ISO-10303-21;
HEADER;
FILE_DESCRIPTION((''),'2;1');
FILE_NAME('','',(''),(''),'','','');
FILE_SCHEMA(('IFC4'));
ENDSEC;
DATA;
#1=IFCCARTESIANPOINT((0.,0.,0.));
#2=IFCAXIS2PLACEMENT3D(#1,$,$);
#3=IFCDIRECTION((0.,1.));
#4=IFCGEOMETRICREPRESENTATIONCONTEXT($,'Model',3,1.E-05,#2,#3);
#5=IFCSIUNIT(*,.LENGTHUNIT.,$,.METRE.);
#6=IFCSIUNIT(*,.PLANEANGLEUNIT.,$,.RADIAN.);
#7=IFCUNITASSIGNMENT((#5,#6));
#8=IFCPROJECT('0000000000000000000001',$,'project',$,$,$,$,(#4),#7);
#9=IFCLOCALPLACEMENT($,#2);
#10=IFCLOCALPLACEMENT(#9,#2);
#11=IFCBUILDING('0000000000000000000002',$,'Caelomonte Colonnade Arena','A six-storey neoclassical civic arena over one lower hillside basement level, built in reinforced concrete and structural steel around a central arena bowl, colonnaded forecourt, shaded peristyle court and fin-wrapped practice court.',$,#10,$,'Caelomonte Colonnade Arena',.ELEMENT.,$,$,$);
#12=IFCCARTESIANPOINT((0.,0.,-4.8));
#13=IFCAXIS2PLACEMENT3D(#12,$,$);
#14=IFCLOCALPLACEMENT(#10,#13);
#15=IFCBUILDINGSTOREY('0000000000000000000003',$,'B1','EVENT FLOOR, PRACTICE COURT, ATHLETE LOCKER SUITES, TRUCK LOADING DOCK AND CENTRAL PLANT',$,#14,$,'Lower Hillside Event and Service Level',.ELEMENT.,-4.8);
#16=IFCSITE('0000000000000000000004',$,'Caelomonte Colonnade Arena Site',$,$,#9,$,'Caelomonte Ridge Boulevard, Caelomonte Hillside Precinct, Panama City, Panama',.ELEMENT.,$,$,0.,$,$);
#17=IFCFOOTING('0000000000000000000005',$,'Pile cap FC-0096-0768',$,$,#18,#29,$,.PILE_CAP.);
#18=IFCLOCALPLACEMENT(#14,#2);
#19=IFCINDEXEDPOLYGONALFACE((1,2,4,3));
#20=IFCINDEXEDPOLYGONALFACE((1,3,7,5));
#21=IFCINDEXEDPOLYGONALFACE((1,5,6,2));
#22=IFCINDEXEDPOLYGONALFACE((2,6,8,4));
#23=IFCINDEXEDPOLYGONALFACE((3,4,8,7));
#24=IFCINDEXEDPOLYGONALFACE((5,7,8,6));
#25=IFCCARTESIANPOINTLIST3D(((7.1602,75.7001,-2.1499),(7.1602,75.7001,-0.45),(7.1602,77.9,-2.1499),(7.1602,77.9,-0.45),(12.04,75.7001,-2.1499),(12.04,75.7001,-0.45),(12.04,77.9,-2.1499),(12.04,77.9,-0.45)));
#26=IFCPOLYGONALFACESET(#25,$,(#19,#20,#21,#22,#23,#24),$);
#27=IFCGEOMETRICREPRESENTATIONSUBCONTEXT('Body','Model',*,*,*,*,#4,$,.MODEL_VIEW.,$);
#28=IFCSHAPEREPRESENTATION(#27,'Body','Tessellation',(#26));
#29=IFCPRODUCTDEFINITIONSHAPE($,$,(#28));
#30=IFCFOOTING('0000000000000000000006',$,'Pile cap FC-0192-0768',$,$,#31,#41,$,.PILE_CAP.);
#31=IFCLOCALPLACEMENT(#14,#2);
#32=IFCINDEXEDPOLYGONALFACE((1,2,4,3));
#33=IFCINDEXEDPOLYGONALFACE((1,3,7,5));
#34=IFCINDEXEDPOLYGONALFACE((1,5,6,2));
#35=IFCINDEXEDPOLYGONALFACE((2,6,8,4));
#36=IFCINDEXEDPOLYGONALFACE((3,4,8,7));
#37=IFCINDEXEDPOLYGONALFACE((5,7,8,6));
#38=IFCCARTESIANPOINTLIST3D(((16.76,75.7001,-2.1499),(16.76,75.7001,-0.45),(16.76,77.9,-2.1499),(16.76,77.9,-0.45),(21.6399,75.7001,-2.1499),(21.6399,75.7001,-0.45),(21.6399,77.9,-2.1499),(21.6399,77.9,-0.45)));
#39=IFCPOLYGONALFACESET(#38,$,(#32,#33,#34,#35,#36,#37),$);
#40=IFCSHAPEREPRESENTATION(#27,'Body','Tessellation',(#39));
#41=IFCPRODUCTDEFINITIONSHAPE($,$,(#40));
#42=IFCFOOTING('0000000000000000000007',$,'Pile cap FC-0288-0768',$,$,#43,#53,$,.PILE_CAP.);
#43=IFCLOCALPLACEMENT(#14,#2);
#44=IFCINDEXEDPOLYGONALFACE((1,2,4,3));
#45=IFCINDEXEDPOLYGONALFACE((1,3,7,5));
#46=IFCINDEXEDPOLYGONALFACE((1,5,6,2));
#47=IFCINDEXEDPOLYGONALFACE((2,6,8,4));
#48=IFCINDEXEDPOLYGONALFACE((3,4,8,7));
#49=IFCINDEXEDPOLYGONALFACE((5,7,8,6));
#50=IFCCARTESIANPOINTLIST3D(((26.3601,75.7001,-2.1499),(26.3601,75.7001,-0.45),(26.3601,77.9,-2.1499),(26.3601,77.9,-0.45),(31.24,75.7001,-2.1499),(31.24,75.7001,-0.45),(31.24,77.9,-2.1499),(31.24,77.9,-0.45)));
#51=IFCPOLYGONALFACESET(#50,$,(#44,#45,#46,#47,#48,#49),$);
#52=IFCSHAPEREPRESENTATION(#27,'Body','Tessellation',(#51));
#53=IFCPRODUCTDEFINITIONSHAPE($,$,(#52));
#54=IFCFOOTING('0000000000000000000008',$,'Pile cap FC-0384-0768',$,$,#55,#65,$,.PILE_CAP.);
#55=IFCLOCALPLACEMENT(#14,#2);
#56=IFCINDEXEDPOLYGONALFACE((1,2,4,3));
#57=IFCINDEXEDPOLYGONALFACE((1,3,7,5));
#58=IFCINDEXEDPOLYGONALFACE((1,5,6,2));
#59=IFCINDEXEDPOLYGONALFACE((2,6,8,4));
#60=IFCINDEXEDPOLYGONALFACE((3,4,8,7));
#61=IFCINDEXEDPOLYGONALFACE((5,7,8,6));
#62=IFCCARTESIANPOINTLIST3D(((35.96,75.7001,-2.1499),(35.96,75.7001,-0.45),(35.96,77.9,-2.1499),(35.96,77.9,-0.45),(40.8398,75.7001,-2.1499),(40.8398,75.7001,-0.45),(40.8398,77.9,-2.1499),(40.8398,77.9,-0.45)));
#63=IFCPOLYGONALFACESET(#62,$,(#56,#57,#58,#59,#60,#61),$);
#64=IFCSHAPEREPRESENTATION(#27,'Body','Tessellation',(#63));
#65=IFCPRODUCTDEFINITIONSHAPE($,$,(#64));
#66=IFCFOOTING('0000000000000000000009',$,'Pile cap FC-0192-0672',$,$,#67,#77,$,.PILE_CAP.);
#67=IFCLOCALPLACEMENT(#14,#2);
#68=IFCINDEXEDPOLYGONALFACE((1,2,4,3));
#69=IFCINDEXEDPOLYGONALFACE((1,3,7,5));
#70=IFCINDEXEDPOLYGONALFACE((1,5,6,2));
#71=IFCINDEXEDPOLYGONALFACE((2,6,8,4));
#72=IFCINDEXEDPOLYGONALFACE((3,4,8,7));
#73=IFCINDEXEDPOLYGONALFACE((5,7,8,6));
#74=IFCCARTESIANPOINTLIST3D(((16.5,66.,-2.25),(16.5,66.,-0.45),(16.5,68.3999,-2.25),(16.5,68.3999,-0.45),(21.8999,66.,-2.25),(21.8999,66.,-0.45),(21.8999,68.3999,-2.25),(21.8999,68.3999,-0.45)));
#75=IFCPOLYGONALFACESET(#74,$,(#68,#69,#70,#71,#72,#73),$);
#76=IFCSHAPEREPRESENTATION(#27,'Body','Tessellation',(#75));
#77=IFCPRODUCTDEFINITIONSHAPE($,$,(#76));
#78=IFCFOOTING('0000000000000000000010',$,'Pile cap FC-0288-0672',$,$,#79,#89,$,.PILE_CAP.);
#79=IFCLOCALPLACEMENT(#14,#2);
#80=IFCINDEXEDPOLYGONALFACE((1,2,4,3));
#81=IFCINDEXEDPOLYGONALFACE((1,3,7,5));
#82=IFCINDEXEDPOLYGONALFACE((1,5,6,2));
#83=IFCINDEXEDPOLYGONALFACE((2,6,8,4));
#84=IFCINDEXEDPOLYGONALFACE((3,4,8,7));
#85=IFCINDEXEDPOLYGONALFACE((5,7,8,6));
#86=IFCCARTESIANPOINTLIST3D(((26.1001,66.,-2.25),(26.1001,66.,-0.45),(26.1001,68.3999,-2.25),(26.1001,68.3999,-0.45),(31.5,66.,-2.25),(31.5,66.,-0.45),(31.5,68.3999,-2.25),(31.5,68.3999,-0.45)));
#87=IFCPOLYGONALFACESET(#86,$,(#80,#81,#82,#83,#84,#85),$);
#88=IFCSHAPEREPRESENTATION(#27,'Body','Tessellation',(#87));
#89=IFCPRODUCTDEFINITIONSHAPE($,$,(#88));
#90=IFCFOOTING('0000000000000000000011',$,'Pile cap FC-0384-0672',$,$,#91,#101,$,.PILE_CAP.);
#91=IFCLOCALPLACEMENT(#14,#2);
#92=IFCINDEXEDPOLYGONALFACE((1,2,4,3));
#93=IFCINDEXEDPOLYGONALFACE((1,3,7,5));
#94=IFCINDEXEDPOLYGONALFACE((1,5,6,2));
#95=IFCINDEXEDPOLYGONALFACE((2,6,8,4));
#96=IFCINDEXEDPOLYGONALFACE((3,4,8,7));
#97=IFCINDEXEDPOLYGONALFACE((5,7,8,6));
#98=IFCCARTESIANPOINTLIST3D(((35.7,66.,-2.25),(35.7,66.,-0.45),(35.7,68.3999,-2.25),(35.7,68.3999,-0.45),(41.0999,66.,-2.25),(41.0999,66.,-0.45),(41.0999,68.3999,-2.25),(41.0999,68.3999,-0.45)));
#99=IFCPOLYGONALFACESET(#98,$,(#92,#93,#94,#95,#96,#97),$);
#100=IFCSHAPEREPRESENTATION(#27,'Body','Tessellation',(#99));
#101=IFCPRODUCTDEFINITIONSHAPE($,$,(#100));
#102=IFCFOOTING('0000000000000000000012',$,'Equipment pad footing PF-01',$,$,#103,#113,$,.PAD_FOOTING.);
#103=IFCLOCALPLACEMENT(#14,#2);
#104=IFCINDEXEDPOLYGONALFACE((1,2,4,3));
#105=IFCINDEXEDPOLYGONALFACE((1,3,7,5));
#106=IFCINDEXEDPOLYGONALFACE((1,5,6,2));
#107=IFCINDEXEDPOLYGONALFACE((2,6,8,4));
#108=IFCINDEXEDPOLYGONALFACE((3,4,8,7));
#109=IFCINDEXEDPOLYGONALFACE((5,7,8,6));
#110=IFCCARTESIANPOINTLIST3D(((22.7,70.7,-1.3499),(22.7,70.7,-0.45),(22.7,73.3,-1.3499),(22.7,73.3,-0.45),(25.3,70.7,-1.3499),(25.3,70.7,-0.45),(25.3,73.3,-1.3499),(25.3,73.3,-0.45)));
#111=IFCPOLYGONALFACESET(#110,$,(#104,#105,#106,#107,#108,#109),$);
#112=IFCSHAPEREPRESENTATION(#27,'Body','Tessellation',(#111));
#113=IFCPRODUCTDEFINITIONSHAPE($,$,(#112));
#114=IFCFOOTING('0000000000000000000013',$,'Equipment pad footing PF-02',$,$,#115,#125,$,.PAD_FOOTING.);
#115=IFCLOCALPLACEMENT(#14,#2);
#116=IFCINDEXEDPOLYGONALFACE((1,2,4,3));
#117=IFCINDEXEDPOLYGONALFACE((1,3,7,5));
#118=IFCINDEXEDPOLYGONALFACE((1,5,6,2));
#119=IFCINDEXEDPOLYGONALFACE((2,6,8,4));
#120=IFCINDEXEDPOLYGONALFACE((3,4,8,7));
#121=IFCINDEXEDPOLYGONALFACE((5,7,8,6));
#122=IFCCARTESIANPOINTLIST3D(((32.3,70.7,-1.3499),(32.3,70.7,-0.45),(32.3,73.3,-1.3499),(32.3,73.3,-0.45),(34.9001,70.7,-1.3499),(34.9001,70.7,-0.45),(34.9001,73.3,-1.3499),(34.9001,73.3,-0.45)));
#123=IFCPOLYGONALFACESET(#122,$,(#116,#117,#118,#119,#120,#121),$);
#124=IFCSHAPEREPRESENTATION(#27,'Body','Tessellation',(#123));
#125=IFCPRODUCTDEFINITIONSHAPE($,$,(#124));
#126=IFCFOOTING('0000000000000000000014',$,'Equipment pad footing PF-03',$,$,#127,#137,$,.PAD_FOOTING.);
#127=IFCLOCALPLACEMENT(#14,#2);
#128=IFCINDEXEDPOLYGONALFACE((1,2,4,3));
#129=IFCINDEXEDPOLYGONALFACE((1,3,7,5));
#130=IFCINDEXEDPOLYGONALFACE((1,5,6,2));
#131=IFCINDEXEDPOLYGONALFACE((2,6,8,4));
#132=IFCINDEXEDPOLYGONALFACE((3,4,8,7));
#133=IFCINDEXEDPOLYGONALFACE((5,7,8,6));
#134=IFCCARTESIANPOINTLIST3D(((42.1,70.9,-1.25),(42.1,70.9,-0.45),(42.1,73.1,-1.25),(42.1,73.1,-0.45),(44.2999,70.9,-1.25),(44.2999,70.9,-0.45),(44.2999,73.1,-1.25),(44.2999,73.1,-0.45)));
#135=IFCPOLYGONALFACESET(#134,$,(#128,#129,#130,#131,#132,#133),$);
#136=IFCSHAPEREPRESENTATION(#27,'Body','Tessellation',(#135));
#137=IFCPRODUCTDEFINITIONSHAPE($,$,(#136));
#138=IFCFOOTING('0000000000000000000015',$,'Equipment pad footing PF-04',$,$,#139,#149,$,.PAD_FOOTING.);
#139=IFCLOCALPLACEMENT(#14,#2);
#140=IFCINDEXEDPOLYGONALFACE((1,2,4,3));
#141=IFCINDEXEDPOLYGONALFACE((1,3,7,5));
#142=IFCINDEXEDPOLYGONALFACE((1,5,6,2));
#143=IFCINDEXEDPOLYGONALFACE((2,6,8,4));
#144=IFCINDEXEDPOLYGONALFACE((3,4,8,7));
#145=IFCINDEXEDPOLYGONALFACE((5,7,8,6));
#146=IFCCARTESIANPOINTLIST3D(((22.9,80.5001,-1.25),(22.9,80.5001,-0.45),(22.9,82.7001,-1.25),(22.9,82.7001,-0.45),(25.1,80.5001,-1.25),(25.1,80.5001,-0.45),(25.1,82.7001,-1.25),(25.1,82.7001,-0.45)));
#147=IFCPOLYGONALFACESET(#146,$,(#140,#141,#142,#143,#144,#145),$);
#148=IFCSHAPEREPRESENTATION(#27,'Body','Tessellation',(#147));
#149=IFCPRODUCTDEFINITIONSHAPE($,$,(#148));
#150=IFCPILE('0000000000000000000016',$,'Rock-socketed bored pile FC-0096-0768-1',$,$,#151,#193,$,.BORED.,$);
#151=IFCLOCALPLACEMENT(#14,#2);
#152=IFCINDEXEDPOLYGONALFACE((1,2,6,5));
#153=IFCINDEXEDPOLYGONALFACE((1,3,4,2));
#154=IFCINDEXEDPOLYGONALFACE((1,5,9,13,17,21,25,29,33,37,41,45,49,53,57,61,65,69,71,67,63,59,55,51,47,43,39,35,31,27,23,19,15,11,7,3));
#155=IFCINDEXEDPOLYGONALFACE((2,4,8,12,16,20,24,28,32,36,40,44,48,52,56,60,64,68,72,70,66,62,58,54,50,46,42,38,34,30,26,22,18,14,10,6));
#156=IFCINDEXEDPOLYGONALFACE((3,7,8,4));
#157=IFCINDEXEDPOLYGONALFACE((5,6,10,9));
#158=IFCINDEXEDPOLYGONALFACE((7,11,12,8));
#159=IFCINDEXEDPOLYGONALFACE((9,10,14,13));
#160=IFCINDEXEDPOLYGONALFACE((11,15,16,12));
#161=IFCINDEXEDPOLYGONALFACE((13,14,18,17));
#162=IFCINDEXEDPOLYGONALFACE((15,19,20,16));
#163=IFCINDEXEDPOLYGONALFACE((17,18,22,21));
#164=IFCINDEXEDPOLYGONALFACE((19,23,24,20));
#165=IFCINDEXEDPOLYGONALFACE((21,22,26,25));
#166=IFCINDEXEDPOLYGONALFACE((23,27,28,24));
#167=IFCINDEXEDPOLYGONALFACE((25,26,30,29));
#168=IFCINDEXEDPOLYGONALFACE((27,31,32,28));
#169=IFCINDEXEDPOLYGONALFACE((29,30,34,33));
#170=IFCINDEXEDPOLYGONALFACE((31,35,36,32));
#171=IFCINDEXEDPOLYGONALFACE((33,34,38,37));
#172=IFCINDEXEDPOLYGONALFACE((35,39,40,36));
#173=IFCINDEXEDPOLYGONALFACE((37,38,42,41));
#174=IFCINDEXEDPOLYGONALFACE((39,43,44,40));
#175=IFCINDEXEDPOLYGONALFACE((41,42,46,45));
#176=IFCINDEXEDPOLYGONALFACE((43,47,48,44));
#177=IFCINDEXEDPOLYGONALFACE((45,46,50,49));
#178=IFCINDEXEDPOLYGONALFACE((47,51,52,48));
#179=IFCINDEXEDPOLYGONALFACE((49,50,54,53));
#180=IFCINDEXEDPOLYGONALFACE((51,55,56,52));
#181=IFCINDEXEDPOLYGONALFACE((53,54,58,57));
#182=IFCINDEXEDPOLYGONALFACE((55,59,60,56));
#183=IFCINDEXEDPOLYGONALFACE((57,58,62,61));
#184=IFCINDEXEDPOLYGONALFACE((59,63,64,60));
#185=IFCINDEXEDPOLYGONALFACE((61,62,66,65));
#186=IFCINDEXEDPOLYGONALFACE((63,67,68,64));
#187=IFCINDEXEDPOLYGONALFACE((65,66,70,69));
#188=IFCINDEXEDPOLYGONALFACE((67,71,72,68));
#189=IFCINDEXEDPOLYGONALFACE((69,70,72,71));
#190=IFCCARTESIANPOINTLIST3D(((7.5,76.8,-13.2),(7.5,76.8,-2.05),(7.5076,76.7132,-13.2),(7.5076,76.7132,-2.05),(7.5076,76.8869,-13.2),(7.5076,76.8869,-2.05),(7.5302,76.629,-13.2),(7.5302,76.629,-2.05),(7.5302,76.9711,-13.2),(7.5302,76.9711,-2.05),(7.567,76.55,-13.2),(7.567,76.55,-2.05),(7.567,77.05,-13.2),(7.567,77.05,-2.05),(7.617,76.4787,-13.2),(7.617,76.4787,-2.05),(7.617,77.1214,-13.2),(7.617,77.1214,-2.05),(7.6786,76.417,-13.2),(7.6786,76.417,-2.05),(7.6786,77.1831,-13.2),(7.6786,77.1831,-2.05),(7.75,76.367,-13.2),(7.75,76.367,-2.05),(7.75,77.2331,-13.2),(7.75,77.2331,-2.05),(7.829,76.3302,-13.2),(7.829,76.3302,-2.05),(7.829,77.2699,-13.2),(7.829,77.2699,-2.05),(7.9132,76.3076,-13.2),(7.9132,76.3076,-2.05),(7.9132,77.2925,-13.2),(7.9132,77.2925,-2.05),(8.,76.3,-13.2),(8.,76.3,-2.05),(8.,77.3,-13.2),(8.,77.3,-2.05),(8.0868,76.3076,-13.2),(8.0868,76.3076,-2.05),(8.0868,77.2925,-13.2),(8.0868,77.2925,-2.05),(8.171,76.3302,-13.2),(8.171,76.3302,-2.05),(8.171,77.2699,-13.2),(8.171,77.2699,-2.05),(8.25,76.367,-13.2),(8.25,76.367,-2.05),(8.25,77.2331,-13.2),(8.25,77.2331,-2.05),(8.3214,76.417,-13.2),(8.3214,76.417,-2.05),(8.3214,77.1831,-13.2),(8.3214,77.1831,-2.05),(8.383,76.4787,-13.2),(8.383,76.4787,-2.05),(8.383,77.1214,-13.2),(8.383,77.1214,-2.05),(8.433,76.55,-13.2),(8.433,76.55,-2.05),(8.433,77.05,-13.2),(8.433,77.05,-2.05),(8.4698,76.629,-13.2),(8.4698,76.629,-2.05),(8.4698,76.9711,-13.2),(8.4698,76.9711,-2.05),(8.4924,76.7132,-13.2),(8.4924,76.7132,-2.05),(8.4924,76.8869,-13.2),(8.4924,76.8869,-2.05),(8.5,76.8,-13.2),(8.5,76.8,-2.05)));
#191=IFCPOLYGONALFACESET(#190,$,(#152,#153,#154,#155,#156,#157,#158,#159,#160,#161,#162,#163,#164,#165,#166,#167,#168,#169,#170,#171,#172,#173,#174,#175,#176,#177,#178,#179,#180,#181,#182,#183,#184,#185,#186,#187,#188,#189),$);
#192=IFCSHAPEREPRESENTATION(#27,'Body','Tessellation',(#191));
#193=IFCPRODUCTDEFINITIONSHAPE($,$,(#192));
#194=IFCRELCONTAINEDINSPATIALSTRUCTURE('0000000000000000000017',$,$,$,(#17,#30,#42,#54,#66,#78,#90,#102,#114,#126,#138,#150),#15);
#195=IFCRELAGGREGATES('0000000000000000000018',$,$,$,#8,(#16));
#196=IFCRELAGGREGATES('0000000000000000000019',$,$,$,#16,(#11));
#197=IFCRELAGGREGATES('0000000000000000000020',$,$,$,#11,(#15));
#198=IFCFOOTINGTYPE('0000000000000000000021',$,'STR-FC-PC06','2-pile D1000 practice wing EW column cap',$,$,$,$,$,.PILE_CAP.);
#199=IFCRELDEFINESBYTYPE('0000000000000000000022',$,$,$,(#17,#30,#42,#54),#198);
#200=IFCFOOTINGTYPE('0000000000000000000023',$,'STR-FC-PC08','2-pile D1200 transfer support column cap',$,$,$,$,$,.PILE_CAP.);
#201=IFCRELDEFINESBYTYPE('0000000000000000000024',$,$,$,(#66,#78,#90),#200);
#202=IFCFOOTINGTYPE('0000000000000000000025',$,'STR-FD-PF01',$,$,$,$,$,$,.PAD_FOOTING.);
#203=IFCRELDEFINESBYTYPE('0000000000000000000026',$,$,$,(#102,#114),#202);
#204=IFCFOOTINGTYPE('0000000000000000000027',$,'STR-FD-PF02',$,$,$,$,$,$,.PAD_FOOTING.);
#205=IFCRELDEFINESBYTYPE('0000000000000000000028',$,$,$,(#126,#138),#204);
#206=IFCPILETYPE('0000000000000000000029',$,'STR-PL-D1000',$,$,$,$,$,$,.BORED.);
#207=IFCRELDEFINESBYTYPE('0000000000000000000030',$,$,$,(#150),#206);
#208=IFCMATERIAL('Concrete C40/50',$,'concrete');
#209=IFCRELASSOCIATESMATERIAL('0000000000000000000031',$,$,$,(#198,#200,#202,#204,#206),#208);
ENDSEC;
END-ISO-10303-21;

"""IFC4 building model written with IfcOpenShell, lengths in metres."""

from ifc_helpers import new_model, si_unit, direction, frame, origin, origin_2d, place, context, subcontext, project, spatial, rectangle, circle, extrude, material, material_profile, profile_set, type_object, element, save


model = new_model("IFC4")

# Units and contexts
model_context = context("Model", 3, precision=1e-05, world=origin(), true_north=direction((0.0, 1.0)))
body_context = subcontext(model_context, "Body", "Model", "MODEL_VIEW")
ifc_project = project(units=[si_unit("LENGTHUNIT", "METRE"), si_unit("PLANEANGLEUNIT", "RADIAN")], contexts=[model_context])

# Site, building, storey
site_placement = place(None, origin())
site = spatial("IfcSite", under=ifc_project, at=site_placement, Name="Caelomonte Colonnade Arena Site", LongName="Caelomonte Ridge Boulevard, Caelomonte Hillside Precinct, Panama City, Panama", CompositionType="ELEMENT", RefElevation=0.0)
building_placement = place(site_placement, origin())
building = spatial("IfcBuilding", under=site, at=building_placement, Name="Caelomonte Colonnade Arena", Description="A six-storey neoclassical civic arena over one lower hillside basement level, built in reinforced concrete and structural steel around a central arena bowl, colonnaded forecourt, shaded peristyle court and fin-wrapped practice court.", LongName="Caelomonte Colonnade Arena", CompositionType="ELEMENT")
storey_placement = place(building_placement, frame((0.0, 0.0, -4.8)))
storey = spatial("IfcBuildingStorey", under=building, at=storey_placement, Name="B1", Description="EVENT FLOOR, PRACTICE COURT, ATHLETE LOCKER SUITES, TRUCK LOADING DOCK AND CENTRAL PLANT", LongName="Lower Hillside Event and Service Level", CompositionType="ELEMENT", Elevation=-4.8)

# Footings
ifc_material_1 = material(Name="Concrete C40/50", Category="concrete")
footing_type_1 = type_object("IfcFootingType", Name="STR-FC-PC06", Description="2-pile D1000 practice wing EW column cap", PredefinedType="PILE_CAP", material=ifc_material_1)
for number, where, z_axis, x_axis, name in (
    (1, (9.6001, 76.8, -2.1499), (0.0, 0.0, 1.0), (1.0, 0.0, 0.0), "Pile cap FC-0096-0768"),
    (2, (19.2, 76.8, -2.1499), (0.0, 0.0, 1.0), (1.0, 0.0, 0.0), "Pile cap FC-0192-0768"),
    (3, (28.8, 76.8, -2.1499), (0.0, 0.0, 1.0), (1.0, 0.0, 0.0), "Pile cap FC-0288-0768"),
    (4, (38.3999, 76.8, -2.1499), (0.0, 0.0, 1.0), (1.0, 0.0, 0.0), "Pile cap FC-0384-0768"),
):
    element("IfcFooting", number, at=place(storey_placement, frame(where, z_axis=z_axis, x_axis=x_axis)), inside=storey, type_object=footing_type_1, Name=name, PredefinedType="PILE_CAP", context=body_context, shape_type="SweptSolid", body=[
        extrude(rectangle(XDim=4.8799, YDim=2.2, at=origin_2d()), origin(), (0.0, 0.0, 1.0), 1.7),
    ])
footing_type_2 = type_object("IfcFootingType", Name="STR-FC-PC08", Description="2-pile D1200 transfer support column cap", PredefinedType="PILE_CAP", material=ifc_material_1)
for number, where, z_axis, x_axis, name in (
    (5, (19.2, 67.2, -2.25), (0.0, 0.0, 1.0), (1.0, 0.0, 0.0), "Pile cap FC-0192-0672"),
    (6, (28.8, 67.2, -2.25), (0.0, 0.0, 1.0), (1.0, 0.0, 0.0), "Pile cap FC-0288-0672"),
    (7, (38.3999, 67.2, -2.25), (0.0, 0.0, 1.0), (1.0, 0.0, 0.0), "Pile cap FC-0384-0672"),
):
    element("IfcFooting", number, at=place(storey_placement, frame(where, z_axis=z_axis, x_axis=x_axis)), inside=storey, type_object=footing_type_2, Name=name, PredefinedType="PILE_CAP", context=body_context, shape_type="SweptSolid", body=[
        extrude(rectangle(XDim=5.3999, YDim=2.3999, at=origin_2d()), origin(), (0.0, 0.0, 1.0), 1.8),
    ])
footing_type_3 = type_object("IfcFootingType", Name="STR-FD-PF01", PredefinedType="PAD_FOOTING", material=ifc_material_1)
for number, where, z_axis, x_axis, name in (
    (8, (24.0, 72.0, -1.3499), (0.0, 0.0, 1.0), (1.0, 0.0, 0.0), "Equipment pad footing PF-01"),
    (9, (33.6001, 72.0, -1.3499), (0.0, 0.0, 1.0), (1.0, 0.0, 0.0), "Equipment pad footing PF-02"),
):
    element("IfcFooting", number, at=place(storey_placement, frame(where, z_axis=z_axis, x_axis=x_axis)), inside=storey, type_object=footing_type_3, Name=name, PredefinedType="PAD_FOOTING", context=body_context, shape_type="SweptSolid", body=[
        extrude(rectangle(XDim=2.6001, YDim=2.6001, at=origin_2d()), origin(), (0.0, 0.0, 1.0), 0.8999),
    ])
footing_type_4 = type_object("IfcFootingType", Name="STR-FD-PF02", PredefinedType="PAD_FOOTING", material=ifc_material_1)
for number, where, z_axis, x_axis, name in (
    (10, (43.2, 72.0, -1.25), (0.0, 0.0, 1.0), (1.0, 0.0, 0.0), "Equipment pad footing PF-03"),
    (11, (24.0, 81.6001, -1.25), (0.0, 0.0, 1.0), (1.0, 0.0, 0.0), "Equipment pad footing PF-04"),
):
    element("IfcFooting", number, at=place(storey_placement, frame(where, z_axis=z_axis, x_axis=x_axis)), inside=storey, type_object=footing_type_4, Name=name, PredefinedType="PAD_FOOTING", context=body_context, shape_type="SweptSolid", body=[
        extrude(rectangle(XDim=2.2, YDim=2.2, at=origin_2d()), origin(), (0.0, 0.0, 1.0), 0.8),
    ])

# Pile
ifc_material_profile_1 = material_profile(ifc_material_1, circle(Radius=0.5, at=origin_2d()), Name="PILE-D1000")
ifc_profile_set_1 = profile_set([ifc_material_profile_1], Name="Concrete C40/50")
pile_type_1 = type_object("IfcPileType", Name="STR-PL-D1000", PredefinedType="BORED", material=ifc_profile_set_1)
for number, where, z_axis, x_axis, name in (
    (12, (8.0, 76.8, -2.05), (0.0, 0.0, -1.0), (1.0, 0.0, 0.0), "Rock-socketed bored pile FC-0096-0768-1"),
):
    element("IfcPile", number, at=place(storey_placement, frame(where, z_axis=z_axis, x_axis=x_axis)), inside=storey, type_object=pile_type_1, Name=name, PredefinedType="BORED", context=body_context, shape_type="SweptSolid", body=[
        extrude(circle(Radius=0.5, at=origin_2d()), origin(), (0.0, 0.0, 1.0), 11.1499),
    ])

save(model, "model.ifc")
